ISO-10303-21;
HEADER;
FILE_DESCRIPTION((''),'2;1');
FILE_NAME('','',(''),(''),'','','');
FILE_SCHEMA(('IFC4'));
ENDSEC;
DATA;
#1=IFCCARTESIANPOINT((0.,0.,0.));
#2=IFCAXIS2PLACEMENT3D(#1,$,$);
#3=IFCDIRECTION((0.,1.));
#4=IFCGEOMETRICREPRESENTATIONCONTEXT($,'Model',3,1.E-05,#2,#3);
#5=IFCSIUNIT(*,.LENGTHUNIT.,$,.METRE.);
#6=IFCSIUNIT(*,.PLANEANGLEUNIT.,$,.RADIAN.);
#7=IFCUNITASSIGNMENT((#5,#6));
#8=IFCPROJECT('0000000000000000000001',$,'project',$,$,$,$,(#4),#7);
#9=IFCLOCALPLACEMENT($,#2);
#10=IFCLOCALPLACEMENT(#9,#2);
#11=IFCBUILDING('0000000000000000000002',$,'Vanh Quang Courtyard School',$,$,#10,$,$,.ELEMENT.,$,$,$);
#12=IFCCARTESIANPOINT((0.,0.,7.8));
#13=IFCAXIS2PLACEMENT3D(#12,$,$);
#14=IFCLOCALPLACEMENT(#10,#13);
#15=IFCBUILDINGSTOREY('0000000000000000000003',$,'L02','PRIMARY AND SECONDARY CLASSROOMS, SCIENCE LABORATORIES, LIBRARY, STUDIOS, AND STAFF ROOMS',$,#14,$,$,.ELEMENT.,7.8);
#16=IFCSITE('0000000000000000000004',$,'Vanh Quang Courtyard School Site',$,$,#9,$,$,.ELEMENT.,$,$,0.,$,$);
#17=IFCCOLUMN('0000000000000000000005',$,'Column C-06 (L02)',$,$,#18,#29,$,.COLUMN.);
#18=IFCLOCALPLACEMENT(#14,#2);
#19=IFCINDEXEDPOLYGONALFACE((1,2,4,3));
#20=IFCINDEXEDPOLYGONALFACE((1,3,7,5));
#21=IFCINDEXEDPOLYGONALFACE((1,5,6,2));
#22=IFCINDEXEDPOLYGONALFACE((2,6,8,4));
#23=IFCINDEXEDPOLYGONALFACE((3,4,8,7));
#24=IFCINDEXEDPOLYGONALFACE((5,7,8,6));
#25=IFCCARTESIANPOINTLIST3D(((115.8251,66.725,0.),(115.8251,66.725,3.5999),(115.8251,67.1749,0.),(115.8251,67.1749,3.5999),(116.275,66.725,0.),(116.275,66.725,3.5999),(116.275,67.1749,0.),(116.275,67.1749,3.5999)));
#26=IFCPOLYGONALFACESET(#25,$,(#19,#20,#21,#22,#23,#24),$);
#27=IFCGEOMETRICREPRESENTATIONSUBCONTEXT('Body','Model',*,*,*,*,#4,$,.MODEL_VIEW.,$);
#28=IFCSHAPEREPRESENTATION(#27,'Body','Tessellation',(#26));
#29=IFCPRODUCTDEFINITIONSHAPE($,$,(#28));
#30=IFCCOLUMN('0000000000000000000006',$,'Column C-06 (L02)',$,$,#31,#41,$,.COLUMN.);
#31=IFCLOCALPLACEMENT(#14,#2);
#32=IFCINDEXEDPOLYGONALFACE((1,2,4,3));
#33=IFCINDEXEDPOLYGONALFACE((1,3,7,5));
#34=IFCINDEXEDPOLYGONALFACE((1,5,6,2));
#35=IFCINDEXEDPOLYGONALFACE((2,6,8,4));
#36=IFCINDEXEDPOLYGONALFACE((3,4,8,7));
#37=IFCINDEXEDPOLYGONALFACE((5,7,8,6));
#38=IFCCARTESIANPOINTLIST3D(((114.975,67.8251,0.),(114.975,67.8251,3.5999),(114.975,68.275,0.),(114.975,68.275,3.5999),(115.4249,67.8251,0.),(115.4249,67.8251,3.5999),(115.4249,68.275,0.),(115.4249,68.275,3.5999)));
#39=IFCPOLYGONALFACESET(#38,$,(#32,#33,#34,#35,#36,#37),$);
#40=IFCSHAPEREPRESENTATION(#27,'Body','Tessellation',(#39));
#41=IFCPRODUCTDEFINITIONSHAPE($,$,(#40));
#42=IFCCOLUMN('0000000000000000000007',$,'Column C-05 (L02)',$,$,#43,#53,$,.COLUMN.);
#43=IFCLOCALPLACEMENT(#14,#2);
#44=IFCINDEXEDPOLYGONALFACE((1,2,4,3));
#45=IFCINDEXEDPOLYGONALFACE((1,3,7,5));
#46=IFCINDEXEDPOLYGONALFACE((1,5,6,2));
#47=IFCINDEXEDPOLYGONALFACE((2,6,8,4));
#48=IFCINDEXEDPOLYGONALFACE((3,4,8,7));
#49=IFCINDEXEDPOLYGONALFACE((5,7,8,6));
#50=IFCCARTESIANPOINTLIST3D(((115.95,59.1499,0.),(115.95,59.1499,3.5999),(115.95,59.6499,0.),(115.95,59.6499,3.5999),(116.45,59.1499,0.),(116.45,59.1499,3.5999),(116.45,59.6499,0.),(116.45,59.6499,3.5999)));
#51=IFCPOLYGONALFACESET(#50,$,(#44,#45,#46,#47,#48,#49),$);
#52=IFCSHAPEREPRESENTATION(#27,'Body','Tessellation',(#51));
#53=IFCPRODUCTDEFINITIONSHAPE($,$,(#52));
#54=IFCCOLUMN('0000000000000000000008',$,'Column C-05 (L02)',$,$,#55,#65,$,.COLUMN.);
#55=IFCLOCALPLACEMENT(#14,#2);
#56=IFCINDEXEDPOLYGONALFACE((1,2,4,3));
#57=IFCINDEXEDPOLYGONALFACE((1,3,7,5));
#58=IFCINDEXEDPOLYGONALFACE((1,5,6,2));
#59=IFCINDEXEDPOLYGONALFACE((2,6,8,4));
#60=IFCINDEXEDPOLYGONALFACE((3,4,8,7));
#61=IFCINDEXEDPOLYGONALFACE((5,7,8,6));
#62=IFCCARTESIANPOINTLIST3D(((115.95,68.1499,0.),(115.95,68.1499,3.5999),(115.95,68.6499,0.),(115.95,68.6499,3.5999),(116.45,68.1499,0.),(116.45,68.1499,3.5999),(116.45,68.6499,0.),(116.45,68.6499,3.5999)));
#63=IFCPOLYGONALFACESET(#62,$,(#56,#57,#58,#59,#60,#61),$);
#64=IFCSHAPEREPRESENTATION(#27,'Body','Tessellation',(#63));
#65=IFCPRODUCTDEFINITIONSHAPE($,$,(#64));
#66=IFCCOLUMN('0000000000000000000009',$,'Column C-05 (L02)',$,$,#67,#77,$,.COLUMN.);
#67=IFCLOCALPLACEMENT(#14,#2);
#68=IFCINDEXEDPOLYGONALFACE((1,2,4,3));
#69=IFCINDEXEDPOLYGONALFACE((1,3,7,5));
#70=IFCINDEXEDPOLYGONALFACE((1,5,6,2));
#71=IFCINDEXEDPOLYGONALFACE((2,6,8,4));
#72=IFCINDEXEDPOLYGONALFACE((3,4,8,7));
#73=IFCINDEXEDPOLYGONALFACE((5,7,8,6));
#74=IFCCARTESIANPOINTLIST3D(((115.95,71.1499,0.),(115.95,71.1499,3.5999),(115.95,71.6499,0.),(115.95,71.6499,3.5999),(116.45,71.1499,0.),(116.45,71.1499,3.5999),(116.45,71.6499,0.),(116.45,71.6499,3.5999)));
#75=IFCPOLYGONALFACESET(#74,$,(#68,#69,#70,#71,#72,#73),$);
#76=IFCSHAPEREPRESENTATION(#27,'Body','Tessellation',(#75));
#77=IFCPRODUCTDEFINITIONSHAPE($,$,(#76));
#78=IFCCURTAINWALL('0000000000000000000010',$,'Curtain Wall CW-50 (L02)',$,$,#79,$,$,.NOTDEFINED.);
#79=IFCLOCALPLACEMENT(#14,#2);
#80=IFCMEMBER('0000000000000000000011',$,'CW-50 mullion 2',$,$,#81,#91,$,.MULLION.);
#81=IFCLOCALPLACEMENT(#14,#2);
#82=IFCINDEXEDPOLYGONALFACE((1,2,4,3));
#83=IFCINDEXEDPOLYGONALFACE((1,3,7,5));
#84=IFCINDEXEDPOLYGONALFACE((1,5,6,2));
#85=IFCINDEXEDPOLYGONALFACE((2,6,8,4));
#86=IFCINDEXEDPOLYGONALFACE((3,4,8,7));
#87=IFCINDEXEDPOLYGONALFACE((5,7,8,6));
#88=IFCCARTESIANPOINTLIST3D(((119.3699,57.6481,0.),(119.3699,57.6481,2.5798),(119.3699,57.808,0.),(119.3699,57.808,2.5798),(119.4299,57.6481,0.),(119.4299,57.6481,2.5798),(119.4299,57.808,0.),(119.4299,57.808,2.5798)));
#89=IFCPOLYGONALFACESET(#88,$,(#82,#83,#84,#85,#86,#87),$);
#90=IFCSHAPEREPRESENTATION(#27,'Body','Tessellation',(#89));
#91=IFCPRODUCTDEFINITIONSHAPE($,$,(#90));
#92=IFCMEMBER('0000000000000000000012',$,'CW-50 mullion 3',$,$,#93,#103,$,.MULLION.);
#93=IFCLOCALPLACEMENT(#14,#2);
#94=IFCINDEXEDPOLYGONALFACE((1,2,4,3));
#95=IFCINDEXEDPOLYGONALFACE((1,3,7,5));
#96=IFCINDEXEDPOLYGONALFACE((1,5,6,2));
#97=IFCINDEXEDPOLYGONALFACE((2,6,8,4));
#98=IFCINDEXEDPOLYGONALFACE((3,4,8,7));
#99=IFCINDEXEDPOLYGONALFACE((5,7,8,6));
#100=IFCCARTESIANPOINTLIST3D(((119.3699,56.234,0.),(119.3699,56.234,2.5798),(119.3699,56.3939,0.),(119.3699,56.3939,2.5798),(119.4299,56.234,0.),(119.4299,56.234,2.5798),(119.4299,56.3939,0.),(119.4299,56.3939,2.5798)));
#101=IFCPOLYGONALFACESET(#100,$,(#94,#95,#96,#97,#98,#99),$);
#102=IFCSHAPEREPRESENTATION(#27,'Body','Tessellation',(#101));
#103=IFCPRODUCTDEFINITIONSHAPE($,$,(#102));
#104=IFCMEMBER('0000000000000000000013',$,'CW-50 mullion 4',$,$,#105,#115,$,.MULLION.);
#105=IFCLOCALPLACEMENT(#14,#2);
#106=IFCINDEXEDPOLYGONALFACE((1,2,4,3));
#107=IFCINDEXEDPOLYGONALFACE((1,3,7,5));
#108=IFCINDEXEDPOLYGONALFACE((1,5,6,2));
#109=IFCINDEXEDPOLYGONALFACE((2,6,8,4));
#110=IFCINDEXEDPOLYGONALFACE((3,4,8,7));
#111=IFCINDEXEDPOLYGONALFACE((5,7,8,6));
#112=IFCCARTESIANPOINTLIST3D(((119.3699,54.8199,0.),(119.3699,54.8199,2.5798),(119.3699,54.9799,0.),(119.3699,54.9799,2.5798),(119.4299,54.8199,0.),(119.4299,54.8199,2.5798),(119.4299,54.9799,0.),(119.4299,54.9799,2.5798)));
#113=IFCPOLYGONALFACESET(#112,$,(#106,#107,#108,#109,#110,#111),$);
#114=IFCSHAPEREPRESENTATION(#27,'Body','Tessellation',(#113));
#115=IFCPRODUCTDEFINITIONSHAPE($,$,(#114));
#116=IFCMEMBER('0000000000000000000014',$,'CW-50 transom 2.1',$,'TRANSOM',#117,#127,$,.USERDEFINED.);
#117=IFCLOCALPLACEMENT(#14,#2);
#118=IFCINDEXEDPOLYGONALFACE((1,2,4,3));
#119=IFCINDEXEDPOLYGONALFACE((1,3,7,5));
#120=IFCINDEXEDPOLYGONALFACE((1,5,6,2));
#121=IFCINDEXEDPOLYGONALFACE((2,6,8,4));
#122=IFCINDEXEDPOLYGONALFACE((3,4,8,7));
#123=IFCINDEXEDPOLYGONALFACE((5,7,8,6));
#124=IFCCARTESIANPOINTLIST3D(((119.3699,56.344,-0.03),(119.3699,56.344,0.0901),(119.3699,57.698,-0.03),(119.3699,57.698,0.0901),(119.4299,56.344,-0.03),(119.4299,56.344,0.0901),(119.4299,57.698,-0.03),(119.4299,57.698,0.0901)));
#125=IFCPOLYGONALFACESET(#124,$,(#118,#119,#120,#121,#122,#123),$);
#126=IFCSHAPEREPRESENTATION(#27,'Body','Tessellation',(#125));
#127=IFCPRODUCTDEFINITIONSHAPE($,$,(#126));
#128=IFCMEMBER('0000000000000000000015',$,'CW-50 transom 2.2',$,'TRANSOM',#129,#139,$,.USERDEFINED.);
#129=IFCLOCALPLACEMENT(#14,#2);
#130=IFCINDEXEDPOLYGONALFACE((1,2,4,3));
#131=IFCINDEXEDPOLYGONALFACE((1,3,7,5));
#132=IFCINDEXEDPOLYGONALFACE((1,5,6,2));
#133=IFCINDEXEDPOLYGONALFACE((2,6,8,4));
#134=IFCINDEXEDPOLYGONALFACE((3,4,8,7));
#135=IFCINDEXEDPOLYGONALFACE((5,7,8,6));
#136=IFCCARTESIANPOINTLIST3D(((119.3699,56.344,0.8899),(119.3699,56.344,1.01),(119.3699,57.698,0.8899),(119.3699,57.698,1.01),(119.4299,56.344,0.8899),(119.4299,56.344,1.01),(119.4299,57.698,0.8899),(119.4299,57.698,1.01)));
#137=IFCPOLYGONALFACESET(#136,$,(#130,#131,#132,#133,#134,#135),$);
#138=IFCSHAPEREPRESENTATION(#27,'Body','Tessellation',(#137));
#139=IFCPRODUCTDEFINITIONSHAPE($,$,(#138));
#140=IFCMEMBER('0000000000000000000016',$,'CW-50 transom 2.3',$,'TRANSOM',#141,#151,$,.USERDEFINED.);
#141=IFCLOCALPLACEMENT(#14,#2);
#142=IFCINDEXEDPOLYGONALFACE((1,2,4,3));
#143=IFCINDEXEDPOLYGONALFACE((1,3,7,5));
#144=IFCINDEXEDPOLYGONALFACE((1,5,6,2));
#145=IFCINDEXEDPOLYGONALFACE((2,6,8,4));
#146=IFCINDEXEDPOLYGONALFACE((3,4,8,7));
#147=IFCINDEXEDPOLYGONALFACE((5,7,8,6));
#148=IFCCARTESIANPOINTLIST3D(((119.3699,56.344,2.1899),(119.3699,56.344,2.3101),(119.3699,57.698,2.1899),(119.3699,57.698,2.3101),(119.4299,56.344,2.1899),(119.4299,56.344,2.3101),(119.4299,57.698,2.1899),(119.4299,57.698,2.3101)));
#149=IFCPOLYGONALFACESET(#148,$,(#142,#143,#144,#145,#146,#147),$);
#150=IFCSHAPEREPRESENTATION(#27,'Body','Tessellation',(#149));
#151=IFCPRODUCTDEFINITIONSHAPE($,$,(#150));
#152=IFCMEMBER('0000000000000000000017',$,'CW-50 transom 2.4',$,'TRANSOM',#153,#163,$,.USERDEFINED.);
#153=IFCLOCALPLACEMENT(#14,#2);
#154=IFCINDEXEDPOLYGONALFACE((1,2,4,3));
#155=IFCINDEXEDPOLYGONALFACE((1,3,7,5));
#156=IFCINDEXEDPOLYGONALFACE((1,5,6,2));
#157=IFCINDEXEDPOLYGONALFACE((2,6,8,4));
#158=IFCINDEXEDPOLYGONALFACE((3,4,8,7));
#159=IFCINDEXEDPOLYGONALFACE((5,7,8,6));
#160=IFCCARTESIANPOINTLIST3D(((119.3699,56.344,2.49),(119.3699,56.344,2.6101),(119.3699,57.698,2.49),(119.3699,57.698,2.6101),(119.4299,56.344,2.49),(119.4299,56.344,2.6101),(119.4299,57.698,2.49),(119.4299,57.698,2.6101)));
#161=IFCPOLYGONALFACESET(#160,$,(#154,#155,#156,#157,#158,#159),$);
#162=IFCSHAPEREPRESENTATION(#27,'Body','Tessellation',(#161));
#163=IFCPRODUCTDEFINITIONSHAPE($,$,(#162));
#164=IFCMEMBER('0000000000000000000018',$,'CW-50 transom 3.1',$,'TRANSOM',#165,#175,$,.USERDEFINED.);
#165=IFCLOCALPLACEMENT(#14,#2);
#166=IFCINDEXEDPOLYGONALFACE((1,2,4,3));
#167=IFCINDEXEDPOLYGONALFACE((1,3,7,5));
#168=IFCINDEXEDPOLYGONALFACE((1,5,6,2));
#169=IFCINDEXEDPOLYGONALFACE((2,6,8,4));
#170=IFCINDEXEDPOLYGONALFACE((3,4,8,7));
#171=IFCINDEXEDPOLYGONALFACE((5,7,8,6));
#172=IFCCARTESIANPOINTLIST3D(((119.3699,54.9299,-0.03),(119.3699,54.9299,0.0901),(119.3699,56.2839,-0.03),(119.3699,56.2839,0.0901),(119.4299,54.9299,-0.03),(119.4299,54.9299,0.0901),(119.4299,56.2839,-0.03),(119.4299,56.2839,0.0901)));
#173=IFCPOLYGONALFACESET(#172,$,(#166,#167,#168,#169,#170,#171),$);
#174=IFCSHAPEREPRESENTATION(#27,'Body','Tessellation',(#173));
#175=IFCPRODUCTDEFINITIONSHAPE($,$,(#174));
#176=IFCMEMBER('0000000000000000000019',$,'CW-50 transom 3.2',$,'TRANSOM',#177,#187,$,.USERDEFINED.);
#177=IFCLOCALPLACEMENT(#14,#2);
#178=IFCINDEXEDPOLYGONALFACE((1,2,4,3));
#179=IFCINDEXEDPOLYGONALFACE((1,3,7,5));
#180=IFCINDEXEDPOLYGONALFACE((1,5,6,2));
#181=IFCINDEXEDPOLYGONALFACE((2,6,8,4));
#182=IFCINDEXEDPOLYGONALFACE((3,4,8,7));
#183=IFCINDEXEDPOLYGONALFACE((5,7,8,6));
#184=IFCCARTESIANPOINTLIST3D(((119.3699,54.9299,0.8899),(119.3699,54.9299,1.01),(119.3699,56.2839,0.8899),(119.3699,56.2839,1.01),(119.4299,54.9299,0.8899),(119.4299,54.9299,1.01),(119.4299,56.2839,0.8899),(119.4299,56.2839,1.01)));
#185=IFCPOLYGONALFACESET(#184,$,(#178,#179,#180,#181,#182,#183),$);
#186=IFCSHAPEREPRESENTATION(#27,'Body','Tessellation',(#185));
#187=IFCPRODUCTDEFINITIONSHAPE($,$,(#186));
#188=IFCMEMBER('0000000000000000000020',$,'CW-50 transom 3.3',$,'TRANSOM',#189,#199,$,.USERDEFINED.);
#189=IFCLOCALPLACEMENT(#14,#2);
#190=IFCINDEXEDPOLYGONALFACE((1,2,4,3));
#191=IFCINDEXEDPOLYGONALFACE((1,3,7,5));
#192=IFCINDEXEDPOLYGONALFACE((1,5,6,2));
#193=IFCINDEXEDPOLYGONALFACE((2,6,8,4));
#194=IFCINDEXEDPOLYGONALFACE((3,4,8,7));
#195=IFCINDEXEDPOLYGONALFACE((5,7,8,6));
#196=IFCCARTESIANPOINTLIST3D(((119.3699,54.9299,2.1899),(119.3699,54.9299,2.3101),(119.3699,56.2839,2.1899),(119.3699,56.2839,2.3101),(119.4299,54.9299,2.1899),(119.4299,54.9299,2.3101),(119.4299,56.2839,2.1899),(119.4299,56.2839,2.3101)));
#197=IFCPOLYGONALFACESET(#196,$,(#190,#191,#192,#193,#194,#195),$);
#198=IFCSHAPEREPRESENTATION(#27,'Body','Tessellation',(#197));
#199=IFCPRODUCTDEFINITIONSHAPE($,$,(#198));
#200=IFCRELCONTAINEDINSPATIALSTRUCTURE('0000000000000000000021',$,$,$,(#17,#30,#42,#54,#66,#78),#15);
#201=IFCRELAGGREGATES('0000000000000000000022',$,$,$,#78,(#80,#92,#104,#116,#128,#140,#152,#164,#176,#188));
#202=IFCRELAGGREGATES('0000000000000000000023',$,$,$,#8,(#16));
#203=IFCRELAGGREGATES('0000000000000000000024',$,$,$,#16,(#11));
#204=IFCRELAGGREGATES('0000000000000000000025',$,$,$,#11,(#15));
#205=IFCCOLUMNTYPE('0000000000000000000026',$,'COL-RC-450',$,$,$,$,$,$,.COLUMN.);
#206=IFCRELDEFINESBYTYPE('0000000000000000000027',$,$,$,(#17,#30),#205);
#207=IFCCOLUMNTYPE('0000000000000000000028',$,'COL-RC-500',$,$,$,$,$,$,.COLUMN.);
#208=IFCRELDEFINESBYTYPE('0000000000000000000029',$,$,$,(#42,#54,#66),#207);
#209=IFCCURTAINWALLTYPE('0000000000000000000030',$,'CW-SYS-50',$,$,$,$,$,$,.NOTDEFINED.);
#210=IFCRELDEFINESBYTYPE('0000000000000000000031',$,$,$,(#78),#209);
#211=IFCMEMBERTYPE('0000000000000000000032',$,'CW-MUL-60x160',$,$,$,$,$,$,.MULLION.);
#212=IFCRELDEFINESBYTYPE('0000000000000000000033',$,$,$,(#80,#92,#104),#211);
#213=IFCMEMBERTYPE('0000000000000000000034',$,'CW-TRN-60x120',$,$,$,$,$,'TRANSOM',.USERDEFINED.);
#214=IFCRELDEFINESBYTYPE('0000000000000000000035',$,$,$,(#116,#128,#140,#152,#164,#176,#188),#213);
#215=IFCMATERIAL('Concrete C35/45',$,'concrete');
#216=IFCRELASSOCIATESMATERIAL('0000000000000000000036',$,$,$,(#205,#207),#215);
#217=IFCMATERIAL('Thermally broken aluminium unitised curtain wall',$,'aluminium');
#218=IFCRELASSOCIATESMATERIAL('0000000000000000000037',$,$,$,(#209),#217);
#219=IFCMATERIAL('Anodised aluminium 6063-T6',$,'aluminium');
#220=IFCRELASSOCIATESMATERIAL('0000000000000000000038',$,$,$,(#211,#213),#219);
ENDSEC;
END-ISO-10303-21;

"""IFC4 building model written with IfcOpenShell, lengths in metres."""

from ifc_helpers import new_model, si_unit, direction, frame, origin, origin_2d, place, context, subcontext, project, spatial, rectangle, extrude, material, material_profile, profile_set, type_object, element, aggregate, save


model = new_model("IFC4")

# Units and contexts
model_context = context("Model", 3, precision=1e-05, world=origin(), true_north=direction((0.0, 1.0)))
body_context = subcontext(model_context, "Body", "Model", "MODEL_VIEW")
ifc_project = project(units=[si_unit("LENGTHUNIT", "METRE"), si_unit("PLANEANGLEUNIT", "RADIAN")], contexts=[model_context])

# Site, building, storey
site_placement = place(None, origin())
site = spatial("IfcSite", under=ifc_project, at=site_placement, Name="Vanh Quang Courtyard School Site", CompositionType="ELEMENT", RefElevation=0.0)
building_placement = place(site_placement, origin())
building = spatial("IfcBuilding", under=site, at=building_placement, Name="Vanh Quang Courtyard School", CompositionType="ELEMENT")
storey_placement = place(building_placement, frame((0.0, 0.0, 7.8)))
storey = spatial("IfcBuildingStorey", under=building, at=storey_placement, Name="L02", Description="PRIMARY AND SECONDARY CLASSROOMS, SCIENCE LABORATORIES, LIBRARY, STUDIOS, AND STAFF ROOMS", CompositionType="ELEMENT", Elevation=7.8)

# Columns
ifc_material_1 = material(Name="Concrete C35/45", Category="concrete")
ifc_material_profile_1 = material_profile(ifc_material_1, rectangle(XDim=0.45, YDim=0.45, at=origin_2d()), Name="RC-COL 450x450")
ifc_profile_set_1 = profile_set([ifc_material_profile_1], Name="Concrete C35/45")
column_type_1 = type_object("IfcColumnType", Name="COL-RC-450", PredefinedType="COLUMN", material=ifc_profile_set_1)
for number, where, z_axis, x_axis, name in (
    (1, (116.05, 66.95, 0.0), (0.0, 0.0, 1.0), (1.0, 0.0, 0.0), "Column C-06 (L02)"),
    (2, (115.2, 68.05, 0.0), (0.0, 0.0, 1.0), (1.0, 0.0, 0.0), "Column C-06 (L02)"),
):
    element("IfcColumn", number, at=place(storey_placement, frame(where, z_axis=z_axis, x_axis=x_axis)), inside=storey, type_object=column_type_1, Name=name, PredefinedType="COLUMN", context=body_context, shape_type="SweptSolid", body=[
        extrude(rectangle(XDim=0.45, YDim=0.45, at=origin_2d()), origin(), (0.0, 0.0, 1.0), 3.5999),
    ])
ifc_material_profile_2 = material_profile(ifc_material_1, rectangle(XDim=0.5, YDim=0.5, at=origin_2d()), Name="RC-COL 500x500")
ifc_profile_set_2 = profile_set([ifc_material_profile_2], Name="Concrete C35/45")
column_type_2 = type_object("IfcColumnType", Name="COL-RC-500", PredefinedType="COLUMN", material=ifc_profile_set_2)
for number, where, z_axis, x_axis, name in (
    (3, (116.2, 59.3999, 0.0), (0.0, 0.0, 1.0), (1.0, 0.0, 0.0), "Column C-05 (L02)"),
    (4, (116.2, 68.3999, 0.0), (0.0, 0.0, 1.0), (1.0, 0.0, 0.0), "Column C-05 (L02)"),
    (5, (116.2, 71.3999, 0.0), (0.0, 0.0, 1.0), (1.0, 0.0, 0.0), "Column C-05 (L02)"),
):
    element("IfcColumn", number, at=place(storey_placement, frame(where, z_axis=z_axis, x_axis=x_axis)), inside=storey, type_object=column_type_2, Name=name, PredefinedType="COLUMN", context=body_context, shape_type="SweptSolid", body=[
        extrude(rectangle(XDim=0.5, YDim=0.5, at=origin_2d()), origin(), (0.0, 0.0, 1.0), 3.5999),
    ])

# Curtain wall, members
ifc_material_2 = material(Name="Thermally broken aluminium unitised curtain wall", Category="aluminium")
curtain_wall_type = type_object("IfcCurtainWallType", Name="CW-SYS-50", PredefinedType="NOTDEFINED", material=ifc_material_2)
curtain_wall_placement = place(storey_placement, origin())
curtain_wall = element("IfcCurtainWall", 6, at=curtain_wall_placement, inside=storey, type_object=curtain_wall_type, Name="Curtain Wall CW-50 (L02)", PredefinedType="NOTDEFINED")
ifc_material_3 = material(Name="Anodised aluminium 6063-T6", Category="aluminium")
ifc_material_profile_3 = material_profile(ifc_material_3, rectangle(XDim=0.0601, YDim=0.1599, at=origin_2d()), Name="ALU-MUL 60x160")
ifc_profile_set_3 = profile_set([ifc_material_profile_3], Name="Anodised aluminium 6063-T6")
member_type_1 = type_object("IfcMemberType", Name="CW-MUL-60x160", PredefinedType="MULLION", material=ifc_profile_set_3)
member_1_placement = place(storey_placement, frame((119.3999, 57.728, 0.0), z_axis=(0.0, 0.0, 1.0), x_axis=(1.0, 0.0, 0.0)))
member_1 = element("IfcMember", 7, at=member_1_placement, type_object=member_type_1, Name="CW-50 mullion 2", PredefinedType="MULLION", context=body_context, shape_type="SweptSolid", body=[
    extrude(rectangle(XDim=0.0601, YDim=0.1599, at=origin_2d()), origin(), (0.0, 0.0, 1.0), 2.5798),
])
member_2_placement = place(storey_placement, frame((119.3999, 56.314, 0.0), z_axis=(0.0, 0.0, 1.0), x_axis=(1.0, 0.0, 0.0)))
member_2 = element("IfcMember", 8, at=member_2_placement, type_object=member_type_1, Name="CW-50 mullion 3", PredefinedType="MULLION", context=body_context, shape_type="SweptSolid", body=[
    extrude(rectangle(XDim=0.0601, YDim=0.1599, at=origin_2d()), origin(), (0.0, 0.0, 1.0), 2.5798),
])
member_3_placement = place(storey_placement, frame((119.3999, 54.8999, 0.0), z_axis=(0.0, 0.0, 1.0), x_axis=(1.0, 0.0, 0.0)))
member_3 = element("IfcMember", 9, at=member_3_placement, type_object=member_type_1, Name="CW-50 mullion 4", PredefinedType="MULLION", context=body_context, shape_type="SweptSolid", body=[
    extrude(rectangle(XDim=0.0601, YDim=0.1599, at=origin_2d()), origin(), (0.0, 0.0, 1.0), 2.5798),
])
ifc_material_profile_4 = material_profile(ifc_material_3, rectangle(XDim=0.0601, YDim=0.1201, at=origin_2d()), Name="ALU-TRN 60x120")
ifc_profile_set_4 = profile_set([ifc_material_profile_4], Name="Anodised aluminium 6063-T6")
member_type_2 = type_object("IfcMemberType", Name="CW-TRN-60x120", ElementType="TRANSOM", PredefinedType="USERDEFINED", material=ifc_profile_set_4)
member_4_placement = place(storey_placement, frame((119.3999, 57.698, 0.03), z_axis=(0.0, -1.0, 0.0), x_axis=(1.0, 0.0, 0.0)))
member_4 = element("IfcMember", 10, at=member_4_placement, type_object=member_type_2, Name="CW-50 transom 2.1", ObjectType="TRANSOM", PredefinedType="USERDEFINED", context=body_context, shape_type="SweptSolid", body=[
    extrude(rectangle(XDim=0.0601, YDim=0.1201, at=origin_2d()), origin(), (0.0, 0.0, 1.0), 1.354),
])
member_5_placement = place(storey_placement, frame((119.3999, 57.698, 0.95), z_axis=(0.0, -1.0, 0.0), x_axis=(1.0, 0.0, 0.0)))
member_5 = element("IfcMember", 11, at=member_5_placement, type_object=member_type_2, Name="CW-50 transom 2.2", ObjectType="TRANSOM", PredefinedType="USERDEFINED", context=body_context, shape_type="SweptSolid", body=[
    extrude(rectangle(XDim=0.0601, YDim=0.1201, at=origin_2d()), origin(), (0.0, 0.0, 1.0), 1.354),
])
member_6_placement = place(storey_placement, frame((119.3999, 57.698, 2.25), z_axis=(0.0, -1.0, 0.0), x_axis=(1.0, 0.0, 0.0)))
member_6 = element("IfcMember", 12, at=member_6_placement, type_object=member_type_2, Name="CW-50 transom 2.3", ObjectType="TRANSOM", PredefinedType="USERDEFINED", context=body_context, shape_type="SweptSolid", body=[
    extrude(rectangle(XDim=0.0601, YDim=0.1201, at=origin_2d()), origin(), (0.0, 0.0, 1.0), 1.354),
])
member_7_placement = place(storey_placement, frame((119.3999, 57.698, 2.55), z_axis=(0.0, -1.0, 0.0), x_axis=(1.0, 0.0, 0.0)))
member_7 = element("IfcMember", 13, at=member_7_placement, type_object=member_type_2, Name="CW-50 transom 2.4", ObjectType="TRANSOM", PredefinedType="USERDEFINED", context=body_context, shape_type="SweptSolid", body=[
    extrude(rectangle(XDim=0.0601, YDim=0.1201, at=origin_2d()), origin(), (0.0, 0.0, 1.0), 1.354),
])
member_8_placement = place(storey_placement, frame((119.3999, 56.2839, 0.03), z_axis=(0.0, -1.0, 0.0), x_axis=(1.0, 0.0, 0.0)))
member_8 = element("IfcMember", 14, at=member_8_placement, type_object=member_type_2, Name="CW-50 transom 3.1", ObjectType="TRANSOM", PredefinedType="USERDEFINED", context=body_context, shape_type="SweptSolid", body=[
    extrude(rectangle(XDim=0.0601, YDim=0.1201, at=origin_2d()), origin(), (0.0, 0.0, 1.0), 1.354),
])
member_9_placement = place(storey_placement, frame((119.3999, 56.2839, 0.95), z_axis=(0.0, -1.0, 0.0), x_axis=(1.0, 0.0, 0.0)))
member_9 = element("IfcMember", 15, at=member_9_placement, type_object=member_type_2, Name="CW-50 transom 3.2", ObjectType="TRANSOM", PredefinedType="USERDEFINED", context=body_context, shape_type="SweptSolid", body=[
    extrude(rectangle(XDim=0.0601, YDim=0.1201, at=origin_2d()), origin(), (0.0, 0.0, 1.0), 1.354),
])
member_10_placement = place(storey_placement, frame((119.3999, 56.2839, 2.25), z_axis=(0.0, -1.0, 0.0), x_axis=(1.0, 0.0, 0.0)))
member_10 = element("IfcMember", 16, at=member_10_placement, type_object=member_type_2, Name="CW-50 transom 3.3", ObjectType="TRANSOM", PredefinedType="USERDEFINED", context=body_context, shape_type="SweptSolid", body=[
    extrude(rectangle(XDim=0.0601, YDim=0.1201, at=origin_2d()), origin(), (0.0, 0.0, 1.0), 1.354),
])
aggregate(curtain_wall, [member_1, member_2, member_3, member_4, member_5, member_6, member_7, member_8, member_9, member_10])

save(model, "model.ifc")
